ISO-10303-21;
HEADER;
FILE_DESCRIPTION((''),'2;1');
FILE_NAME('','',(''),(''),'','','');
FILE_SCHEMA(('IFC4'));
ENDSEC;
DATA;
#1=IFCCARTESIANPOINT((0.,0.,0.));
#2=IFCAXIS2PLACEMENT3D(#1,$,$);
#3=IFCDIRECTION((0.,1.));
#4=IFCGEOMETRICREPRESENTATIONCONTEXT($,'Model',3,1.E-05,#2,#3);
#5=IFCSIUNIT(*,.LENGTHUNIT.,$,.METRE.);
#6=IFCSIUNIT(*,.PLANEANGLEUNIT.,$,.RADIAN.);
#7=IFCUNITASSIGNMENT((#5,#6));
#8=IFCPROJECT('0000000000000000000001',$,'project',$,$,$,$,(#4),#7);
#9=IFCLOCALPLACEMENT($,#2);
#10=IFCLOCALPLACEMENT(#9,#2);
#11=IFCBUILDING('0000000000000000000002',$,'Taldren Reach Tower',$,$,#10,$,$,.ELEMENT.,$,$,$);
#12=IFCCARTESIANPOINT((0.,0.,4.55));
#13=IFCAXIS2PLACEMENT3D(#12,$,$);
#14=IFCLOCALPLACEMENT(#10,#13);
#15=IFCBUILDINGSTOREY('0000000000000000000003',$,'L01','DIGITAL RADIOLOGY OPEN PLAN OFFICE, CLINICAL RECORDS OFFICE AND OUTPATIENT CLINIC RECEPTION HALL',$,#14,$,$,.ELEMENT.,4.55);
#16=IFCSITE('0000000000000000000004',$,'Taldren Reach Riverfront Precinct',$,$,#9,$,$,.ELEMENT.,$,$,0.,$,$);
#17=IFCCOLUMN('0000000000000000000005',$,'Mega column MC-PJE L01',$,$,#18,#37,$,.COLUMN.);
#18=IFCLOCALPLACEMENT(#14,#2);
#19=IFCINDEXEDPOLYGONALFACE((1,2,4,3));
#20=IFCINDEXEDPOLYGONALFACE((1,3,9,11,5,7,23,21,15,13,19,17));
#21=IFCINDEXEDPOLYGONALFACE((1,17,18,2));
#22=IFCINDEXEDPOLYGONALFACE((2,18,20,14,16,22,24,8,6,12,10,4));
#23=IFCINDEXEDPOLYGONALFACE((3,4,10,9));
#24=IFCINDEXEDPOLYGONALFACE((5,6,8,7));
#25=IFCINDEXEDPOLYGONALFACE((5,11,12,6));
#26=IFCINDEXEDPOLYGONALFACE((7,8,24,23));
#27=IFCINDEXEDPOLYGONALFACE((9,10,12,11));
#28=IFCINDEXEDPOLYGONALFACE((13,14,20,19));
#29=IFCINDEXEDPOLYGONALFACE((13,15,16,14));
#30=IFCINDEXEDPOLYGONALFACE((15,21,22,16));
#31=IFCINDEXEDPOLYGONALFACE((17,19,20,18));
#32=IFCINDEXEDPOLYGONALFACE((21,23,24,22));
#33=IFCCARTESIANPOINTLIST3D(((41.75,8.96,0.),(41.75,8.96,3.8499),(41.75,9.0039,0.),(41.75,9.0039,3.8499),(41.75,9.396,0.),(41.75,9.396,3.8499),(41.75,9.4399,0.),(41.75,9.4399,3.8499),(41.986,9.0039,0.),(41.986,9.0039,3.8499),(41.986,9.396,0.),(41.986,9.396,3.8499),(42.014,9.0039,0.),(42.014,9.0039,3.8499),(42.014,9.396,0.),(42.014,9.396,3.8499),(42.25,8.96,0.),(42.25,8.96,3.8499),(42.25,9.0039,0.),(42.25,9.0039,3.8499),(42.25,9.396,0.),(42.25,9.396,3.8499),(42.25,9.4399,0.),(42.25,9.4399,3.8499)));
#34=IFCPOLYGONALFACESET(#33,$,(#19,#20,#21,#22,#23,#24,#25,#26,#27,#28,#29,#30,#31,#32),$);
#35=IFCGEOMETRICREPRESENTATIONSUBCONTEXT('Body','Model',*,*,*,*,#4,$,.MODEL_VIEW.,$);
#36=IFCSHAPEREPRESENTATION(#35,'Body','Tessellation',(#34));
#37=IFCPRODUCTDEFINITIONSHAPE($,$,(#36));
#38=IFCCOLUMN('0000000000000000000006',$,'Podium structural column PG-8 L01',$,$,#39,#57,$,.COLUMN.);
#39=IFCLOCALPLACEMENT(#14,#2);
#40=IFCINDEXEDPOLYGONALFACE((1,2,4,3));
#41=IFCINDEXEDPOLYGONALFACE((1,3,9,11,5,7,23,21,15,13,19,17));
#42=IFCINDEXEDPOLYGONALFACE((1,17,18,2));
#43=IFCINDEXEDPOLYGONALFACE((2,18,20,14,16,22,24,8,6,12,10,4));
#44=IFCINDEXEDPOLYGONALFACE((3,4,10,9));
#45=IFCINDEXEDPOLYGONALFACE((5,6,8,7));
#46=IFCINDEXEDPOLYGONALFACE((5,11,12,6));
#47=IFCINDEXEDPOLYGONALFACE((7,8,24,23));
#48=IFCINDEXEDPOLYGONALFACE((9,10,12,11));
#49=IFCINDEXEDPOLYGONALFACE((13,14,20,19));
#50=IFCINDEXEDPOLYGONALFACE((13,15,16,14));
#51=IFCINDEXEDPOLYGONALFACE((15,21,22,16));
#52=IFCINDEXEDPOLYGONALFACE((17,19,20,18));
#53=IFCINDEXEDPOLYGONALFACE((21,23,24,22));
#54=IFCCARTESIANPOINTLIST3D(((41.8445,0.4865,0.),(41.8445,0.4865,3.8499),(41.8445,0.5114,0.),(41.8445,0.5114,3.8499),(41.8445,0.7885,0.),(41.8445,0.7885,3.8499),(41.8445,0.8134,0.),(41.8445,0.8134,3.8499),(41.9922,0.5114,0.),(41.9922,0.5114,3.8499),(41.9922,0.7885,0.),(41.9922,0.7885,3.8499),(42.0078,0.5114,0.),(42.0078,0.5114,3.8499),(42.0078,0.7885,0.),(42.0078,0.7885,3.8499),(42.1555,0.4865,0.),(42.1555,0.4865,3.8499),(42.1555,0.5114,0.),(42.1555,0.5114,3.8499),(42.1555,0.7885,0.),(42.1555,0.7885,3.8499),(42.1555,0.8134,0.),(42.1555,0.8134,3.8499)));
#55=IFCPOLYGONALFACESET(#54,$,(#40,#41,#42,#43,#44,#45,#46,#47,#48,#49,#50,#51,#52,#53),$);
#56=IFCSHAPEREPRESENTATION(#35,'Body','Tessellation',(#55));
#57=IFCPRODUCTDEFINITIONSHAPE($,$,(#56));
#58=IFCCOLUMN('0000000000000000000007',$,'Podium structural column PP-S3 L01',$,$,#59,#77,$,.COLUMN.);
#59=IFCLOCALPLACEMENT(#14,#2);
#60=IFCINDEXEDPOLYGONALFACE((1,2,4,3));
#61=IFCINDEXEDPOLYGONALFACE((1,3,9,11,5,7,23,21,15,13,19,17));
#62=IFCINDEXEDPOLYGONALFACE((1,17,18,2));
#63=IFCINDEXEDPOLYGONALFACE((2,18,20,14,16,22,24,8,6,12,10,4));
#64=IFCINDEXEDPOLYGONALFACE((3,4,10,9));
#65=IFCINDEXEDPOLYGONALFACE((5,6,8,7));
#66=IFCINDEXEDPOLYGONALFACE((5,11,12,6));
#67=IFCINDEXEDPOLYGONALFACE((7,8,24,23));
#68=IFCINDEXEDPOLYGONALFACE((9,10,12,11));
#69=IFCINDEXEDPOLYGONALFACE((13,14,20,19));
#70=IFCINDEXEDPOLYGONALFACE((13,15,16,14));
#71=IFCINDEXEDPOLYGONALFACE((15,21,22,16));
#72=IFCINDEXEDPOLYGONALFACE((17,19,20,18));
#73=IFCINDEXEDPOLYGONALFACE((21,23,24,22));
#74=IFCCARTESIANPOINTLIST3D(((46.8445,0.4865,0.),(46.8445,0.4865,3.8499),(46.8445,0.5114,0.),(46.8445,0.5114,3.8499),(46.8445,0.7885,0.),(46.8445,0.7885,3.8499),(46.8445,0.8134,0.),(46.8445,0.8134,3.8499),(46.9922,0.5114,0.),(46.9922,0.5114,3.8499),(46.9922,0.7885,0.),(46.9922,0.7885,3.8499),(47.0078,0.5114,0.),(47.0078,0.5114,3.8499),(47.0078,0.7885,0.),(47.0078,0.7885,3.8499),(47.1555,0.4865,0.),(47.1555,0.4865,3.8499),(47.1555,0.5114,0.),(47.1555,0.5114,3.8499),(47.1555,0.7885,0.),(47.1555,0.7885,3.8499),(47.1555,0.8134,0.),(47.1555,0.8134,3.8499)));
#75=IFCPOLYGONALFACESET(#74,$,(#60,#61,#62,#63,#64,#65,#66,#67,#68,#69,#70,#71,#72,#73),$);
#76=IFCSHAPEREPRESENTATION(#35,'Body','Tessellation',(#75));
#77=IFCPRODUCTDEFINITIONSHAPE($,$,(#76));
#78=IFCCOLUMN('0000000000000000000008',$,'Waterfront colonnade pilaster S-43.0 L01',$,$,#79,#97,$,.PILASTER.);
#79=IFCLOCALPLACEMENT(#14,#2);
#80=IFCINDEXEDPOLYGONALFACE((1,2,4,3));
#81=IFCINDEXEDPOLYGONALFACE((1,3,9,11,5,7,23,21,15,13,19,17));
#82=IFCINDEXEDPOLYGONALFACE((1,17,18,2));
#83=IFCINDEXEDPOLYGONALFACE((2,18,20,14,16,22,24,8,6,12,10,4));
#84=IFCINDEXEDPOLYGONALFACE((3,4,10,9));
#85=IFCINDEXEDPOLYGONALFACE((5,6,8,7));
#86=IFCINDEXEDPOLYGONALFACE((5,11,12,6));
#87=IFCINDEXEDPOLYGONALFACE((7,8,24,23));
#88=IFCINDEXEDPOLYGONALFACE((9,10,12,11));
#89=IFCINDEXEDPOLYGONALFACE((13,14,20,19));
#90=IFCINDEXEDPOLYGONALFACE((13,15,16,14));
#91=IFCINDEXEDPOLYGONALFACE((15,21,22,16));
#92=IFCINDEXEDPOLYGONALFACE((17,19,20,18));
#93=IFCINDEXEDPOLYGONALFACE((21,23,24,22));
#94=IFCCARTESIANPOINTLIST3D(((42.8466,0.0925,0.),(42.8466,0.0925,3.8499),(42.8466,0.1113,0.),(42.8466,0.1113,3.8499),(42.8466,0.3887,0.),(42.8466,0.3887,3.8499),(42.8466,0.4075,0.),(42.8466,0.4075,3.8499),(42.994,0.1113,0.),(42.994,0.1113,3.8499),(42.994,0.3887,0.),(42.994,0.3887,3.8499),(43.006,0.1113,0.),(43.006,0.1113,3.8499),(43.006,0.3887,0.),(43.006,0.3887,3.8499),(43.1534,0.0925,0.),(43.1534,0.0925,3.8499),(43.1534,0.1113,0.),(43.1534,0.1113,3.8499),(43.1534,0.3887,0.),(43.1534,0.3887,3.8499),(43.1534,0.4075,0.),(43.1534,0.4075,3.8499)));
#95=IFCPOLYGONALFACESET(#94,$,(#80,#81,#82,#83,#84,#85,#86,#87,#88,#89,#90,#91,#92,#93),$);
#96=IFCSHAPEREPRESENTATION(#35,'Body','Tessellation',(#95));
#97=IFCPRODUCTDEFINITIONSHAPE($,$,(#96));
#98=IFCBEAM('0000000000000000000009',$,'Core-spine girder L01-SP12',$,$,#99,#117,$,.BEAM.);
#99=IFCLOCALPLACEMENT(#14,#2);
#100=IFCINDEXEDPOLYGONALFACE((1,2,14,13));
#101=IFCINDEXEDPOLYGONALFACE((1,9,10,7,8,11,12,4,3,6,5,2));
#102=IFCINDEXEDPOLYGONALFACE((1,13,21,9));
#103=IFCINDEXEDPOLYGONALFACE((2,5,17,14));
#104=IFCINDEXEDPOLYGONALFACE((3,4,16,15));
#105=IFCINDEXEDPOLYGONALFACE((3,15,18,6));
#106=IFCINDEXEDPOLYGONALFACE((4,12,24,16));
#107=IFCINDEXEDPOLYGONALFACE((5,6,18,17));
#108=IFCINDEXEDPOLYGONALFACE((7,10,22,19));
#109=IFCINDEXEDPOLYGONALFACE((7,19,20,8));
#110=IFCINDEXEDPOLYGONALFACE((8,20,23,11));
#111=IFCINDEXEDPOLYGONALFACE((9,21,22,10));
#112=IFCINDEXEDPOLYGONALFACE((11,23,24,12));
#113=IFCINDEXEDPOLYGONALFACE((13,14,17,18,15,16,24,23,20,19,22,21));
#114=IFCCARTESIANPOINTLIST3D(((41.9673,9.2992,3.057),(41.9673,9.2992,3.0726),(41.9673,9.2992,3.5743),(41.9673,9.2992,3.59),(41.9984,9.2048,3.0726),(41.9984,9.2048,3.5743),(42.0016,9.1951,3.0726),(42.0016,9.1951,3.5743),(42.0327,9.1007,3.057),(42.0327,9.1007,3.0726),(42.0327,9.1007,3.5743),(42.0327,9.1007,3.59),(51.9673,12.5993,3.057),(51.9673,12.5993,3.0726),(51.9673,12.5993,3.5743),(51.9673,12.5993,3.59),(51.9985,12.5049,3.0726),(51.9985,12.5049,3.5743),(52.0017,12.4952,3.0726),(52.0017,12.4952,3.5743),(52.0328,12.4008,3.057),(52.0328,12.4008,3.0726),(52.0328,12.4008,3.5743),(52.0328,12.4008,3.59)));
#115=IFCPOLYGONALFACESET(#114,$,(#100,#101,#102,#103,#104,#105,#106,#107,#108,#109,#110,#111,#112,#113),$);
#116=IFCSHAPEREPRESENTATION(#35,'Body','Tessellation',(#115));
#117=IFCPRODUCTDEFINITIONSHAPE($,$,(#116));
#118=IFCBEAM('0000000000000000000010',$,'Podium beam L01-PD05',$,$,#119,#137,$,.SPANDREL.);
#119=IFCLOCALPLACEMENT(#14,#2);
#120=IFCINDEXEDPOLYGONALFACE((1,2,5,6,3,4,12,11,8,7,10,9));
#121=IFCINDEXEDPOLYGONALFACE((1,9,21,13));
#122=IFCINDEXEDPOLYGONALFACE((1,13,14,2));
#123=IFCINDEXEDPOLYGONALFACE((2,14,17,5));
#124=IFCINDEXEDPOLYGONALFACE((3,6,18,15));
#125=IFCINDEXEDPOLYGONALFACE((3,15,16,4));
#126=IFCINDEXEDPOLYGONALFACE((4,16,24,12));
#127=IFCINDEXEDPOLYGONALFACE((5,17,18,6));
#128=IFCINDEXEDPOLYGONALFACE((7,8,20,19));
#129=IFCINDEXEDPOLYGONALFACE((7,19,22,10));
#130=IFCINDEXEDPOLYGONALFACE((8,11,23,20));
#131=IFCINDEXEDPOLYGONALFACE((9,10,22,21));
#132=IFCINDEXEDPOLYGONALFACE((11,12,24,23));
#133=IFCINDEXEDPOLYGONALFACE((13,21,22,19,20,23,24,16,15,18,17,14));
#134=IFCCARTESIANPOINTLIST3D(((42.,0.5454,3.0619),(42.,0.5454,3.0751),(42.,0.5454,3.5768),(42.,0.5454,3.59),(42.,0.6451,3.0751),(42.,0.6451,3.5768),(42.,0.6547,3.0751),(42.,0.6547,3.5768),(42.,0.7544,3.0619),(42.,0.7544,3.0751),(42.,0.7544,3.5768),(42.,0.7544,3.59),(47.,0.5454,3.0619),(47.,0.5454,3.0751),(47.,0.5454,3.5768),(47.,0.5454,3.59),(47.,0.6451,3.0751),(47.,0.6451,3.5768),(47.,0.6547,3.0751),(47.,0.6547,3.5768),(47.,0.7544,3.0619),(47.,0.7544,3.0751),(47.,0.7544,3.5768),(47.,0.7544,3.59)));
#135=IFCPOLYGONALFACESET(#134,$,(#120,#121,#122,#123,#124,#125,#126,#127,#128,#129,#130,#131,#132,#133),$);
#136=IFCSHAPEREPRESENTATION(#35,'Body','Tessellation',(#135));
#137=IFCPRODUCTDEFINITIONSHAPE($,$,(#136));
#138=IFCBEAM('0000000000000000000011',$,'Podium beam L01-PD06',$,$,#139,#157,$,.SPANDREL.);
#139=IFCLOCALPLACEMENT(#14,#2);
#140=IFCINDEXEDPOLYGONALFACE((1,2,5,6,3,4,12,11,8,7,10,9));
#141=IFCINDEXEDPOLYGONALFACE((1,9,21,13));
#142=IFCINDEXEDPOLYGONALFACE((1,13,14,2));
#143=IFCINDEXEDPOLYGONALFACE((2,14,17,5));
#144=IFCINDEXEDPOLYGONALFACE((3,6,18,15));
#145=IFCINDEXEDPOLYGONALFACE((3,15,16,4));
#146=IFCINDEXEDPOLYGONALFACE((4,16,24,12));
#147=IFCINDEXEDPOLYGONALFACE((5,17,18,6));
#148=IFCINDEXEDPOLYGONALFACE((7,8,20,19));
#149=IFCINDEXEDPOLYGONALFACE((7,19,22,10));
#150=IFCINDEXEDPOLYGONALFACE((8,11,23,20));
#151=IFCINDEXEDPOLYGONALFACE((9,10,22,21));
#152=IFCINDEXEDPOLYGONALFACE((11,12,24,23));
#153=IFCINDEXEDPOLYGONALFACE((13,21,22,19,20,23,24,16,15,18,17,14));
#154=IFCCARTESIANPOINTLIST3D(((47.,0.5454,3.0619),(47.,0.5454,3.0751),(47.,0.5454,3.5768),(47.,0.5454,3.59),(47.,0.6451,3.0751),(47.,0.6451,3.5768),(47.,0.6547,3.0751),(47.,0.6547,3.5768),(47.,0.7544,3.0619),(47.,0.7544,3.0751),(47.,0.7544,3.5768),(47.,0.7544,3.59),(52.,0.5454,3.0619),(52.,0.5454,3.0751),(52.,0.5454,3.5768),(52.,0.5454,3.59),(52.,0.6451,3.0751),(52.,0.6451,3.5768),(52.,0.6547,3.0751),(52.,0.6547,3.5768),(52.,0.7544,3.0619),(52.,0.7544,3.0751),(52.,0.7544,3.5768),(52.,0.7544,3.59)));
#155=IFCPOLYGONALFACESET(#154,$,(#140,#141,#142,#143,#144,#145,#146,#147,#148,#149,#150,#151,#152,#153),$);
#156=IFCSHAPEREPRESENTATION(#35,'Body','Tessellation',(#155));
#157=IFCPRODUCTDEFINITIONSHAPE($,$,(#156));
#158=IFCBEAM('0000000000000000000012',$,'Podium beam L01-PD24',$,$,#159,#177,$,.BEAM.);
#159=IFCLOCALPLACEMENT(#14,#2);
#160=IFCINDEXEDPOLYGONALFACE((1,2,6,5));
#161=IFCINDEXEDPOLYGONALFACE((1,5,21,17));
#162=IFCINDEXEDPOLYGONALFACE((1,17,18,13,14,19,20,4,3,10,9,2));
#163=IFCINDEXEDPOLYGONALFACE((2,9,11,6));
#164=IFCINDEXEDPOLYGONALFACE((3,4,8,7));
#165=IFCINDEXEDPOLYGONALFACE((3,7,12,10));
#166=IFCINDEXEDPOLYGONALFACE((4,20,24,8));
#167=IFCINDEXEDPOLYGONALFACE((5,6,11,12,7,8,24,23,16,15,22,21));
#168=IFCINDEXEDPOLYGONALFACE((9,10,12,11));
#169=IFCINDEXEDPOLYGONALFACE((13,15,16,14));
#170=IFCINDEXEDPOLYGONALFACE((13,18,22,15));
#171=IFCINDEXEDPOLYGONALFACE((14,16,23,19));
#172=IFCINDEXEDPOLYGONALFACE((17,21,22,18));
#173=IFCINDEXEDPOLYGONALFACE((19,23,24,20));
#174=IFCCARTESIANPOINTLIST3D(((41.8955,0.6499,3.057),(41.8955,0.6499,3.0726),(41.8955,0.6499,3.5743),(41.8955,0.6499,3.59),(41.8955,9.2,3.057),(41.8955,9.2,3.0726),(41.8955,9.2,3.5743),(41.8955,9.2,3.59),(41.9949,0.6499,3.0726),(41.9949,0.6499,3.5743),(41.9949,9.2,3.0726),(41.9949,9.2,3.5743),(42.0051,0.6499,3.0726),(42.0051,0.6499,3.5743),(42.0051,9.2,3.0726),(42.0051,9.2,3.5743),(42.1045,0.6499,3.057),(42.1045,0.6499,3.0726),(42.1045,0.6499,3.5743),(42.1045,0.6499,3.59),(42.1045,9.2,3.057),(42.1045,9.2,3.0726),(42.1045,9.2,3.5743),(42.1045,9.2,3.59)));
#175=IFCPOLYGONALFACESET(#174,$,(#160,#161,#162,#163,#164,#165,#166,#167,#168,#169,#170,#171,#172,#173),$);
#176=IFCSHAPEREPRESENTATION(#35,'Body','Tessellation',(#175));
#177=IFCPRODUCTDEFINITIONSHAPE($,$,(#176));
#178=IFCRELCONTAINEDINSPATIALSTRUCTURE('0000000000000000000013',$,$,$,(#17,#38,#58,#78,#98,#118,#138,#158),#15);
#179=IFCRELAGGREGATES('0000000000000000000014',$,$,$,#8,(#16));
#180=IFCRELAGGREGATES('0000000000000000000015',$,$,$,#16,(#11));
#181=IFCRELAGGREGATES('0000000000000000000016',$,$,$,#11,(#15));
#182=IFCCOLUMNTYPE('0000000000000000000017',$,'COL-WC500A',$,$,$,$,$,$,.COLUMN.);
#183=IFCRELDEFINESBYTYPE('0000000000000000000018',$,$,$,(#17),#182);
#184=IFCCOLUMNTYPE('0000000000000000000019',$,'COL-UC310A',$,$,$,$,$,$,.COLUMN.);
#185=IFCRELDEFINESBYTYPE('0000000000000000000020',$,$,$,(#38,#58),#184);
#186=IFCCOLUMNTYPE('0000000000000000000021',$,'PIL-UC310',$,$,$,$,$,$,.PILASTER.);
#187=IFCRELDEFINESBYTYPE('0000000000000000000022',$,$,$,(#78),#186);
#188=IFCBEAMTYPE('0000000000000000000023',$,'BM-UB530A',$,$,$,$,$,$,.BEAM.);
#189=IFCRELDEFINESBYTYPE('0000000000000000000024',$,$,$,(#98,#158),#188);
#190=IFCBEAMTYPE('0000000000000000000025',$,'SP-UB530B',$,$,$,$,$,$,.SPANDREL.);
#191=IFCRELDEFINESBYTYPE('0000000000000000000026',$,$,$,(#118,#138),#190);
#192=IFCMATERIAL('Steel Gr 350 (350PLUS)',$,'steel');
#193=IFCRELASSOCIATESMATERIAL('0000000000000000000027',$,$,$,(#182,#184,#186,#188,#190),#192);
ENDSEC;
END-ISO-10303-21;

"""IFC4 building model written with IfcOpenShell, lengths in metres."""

from ifc_helpers import new_model, si_unit, direction, frame, origin, origin_2d, place, context, subcontext, project, spatial, i_section, extrude, source, transform, mapped, material, material_profile, profile_set, type_object, element, save


model = new_model("IFC4")

# Units and contexts
model_context = context("Model", 3, precision=1e-05, world=origin(), true_north=direction((0.0, 1.0)))
body_context = subcontext(model_context, "Body", "Model", "MODEL_VIEW")
ifc_project = project(units=[si_unit("LENGTHUNIT", "METRE"), si_unit("PLANEANGLEUNIT", "RADIAN")], contexts=[model_context])

# Site, building, storey
site_placement = place(None, origin())
site = spatial("IfcSite", under=ifc_project, at=site_placement, Name="Taldren Reach Riverfront Precinct", CompositionType="ELEMENT", RefElevation=0.0)
building_placement = place(site_placement, origin())
building = spatial("IfcBuilding", under=site, at=building_placement, Name="Taldren Reach Tower", CompositionType="ELEMENT")
storey_placement = place(building_placement, frame((0.0, 0.0, 4.55)))
storey = spatial("IfcBuildingStorey", under=building, at=storey_placement, Name="L01", Description="DIGITAL RADIOLOGY OPEN PLAN OFFICE, CLINICAL RECORDS OFFICE AND OUTPATIENT CLINIC RECEPTION HALL", CompositionType="ELEMENT", Elevation=4.55)

# Columns
ifc_material_1 = material(Name="Steel Gr 350 (350PLUS)", Category="steel")
ifc_material_profile_1 = material_profile(ifc_material_1, i_section(OverallWidth=0.5, OverallDepth=0.48, WebThickness=0.0281, FlangeThickness=0.0439, at=origin_2d()), Name="500WC440")
ifc_profile_set_1 = profile_set([ifc_material_profile_1], Name="Steel Gr 350 (350PLUS)")
column_type_1 = type_object("IfcColumnType", Name="COL-WC500A", PredefinedType="COLUMN", material=ifc_profile_set_1)
shared_shape_1 = source(origin(), body_context, "Body", "SweptSolid", [
    extrude(i_section(OverallWidth=0.5, OverallDepth=0.48, WebThickness=0.0281, FlangeThickness=0.0439, at=origin_2d()), origin(), (0.0, 0.0, 1.0), 3.8499),
])
column_1_placement = place(storey_placement, frame((42.0, 9.2, 0.0), z_axis=(0.0, 0.0, 1.0), x_axis=(1.0, 0.0, 0.0)))
element("IfcColumn", 1, at=column_1_placement, inside=storey, type_object=column_type_1, Name="Mega column MC-PJE L01", PredefinedType="COLUMN", context=body_context, shape_type="MappedRepresentation", body=[
    mapped(shared_shape_1, transform((0.0, 0.0, 0.0), scale=1.0)),
])
ifc_material_profile_2 = material_profile(ifc_material_1, i_section(OverallWidth=0.311, OverallDepth=0.3269, WebThickness=0.0156, FlangeThickness=0.0249, at=origin_2d()), Name="310UC158")
ifc_profile_set_2 = profile_set([ifc_material_profile_2], Name="Steel Gr 350 (350PLUS)")
column_type_2 = type_object("IfcColumnType", Name="COL-UC310A", PredefinedType="COLUMN", material=ifc_profile_set_2)
shared_shape_2 = source(origin(), body_context, "Body", "SweptSolid", [
    extrude(i_section(OverallWidth=0.311, OverallDepth=0.3269, WebThickness=0.0156, FlangeThickness=0.0249, at=origin_2d()), origin(), (0.0, 0.0, 1.0), 3.8499),
])
for number, where, z_axis, x_axis, name in (
    (2, (42.0, 0.6499, 0.0), (0.0, 0.0, 1.0), (1.0, 0.0, 0.0), "Podium structural column PG-8 L01"),
    (3, (47.0, 0.6499, 0.0), (0.0, 0.0, 1.0), (1.0, 0.0, 0.0), "Podium structural column PP-S3 L01"),
):
    element("IfcColumn", number, at=place(storey_placement, frame(where, z_axis=z_axis, x_axis=x_axis)), inside=storey, type_object=column_type_2, Name=name, PredefinedType="COLUMN", context=body_context, shape_type="MappedRepresentation", body=[
        mapped(shared_shape_2, transform((0.0, 0.0, 0.0), scale=1.0)),
    ])
ifc_material_profile_3 = material_profile(ifc_material_1, i_section(OverallWidth=0.3069, OverallDepth=0.3149, WebThickness=0.012, FlangeThickness=0.0188, at=origin_2d()), Name="310UC118")
ifc_profile_set_3 = profile_set([ifc_material_profile_3], Name="Steel Gr 350 (350PLUS)")
column_type_3 = type_object("IfcColumnType", Name="PIL-UC310", PredefinedType="PILASTER", material=ifc_profile_set_3)
shared_shape_3 = source(origin(), body_context, "Body", "SweptSolid", [
    extrude(i_section(OverallWidth=0.3069, OverallDepth=0.3149, WebThickness=0.012, FlangeThickness=0.0188, at=origin_2d()), origin(), (0.0, 0.0, 1.0), 3.8499),
])
column_2_placement = place(storey_placement, frame((43.0, 0.25, 0.0), z_axis=(0.0, 0.0, 1.0), x_axis=(1.0, 0.0, 0.0)))
element("IfcColumn", 4, at=column_2_placement, inside=storey, type_object=column_type_3, Name="Waterfront colonnade pilaster S-43.0 L01", PredefinedType="PILASTER", context=body_context, shape_type="MappedRepresentation", body=[
    mapped(shared_shape_3, transform((0.0, 0.0, 0.0), scale=1.0)),
])

# Beams
ifc_material_profile_4 = material_profile(ifc_material_1, i_section(OverallWidth=0.209, OverallDepth=0.533, WebThickness=0.0103, FlangeThickness=0.0156, at=origin_2d()), Name="530UB92.4")
ifc_profile_set_4 = profile_set([ifc_material_profile_4], Name="Steel Gr 350 (350PLUS)")
beam_type_1 = type_object("IfcBeamType", Name="BM-UB530A", PredefinedType="BEAM", material=ifc_profile_set_4)
shared_shape_4 = source(origin(), body_context, "Body", "SweptSolid", [
    extrude(i_section(OverallWidth=0.209, OverallDepth=0.533, WebThickness=0.0103, FlangeThickness=0.0156, at=origin_2d()), origin(), (0.0, 0.0, 1.0), 10.5305),
])
beam_1_placement = place(storey_placement, frame((42.0, 9.2, 3.3235), z_axis=(0.949627, 0.313382, 0.0), x_axis=(-0.313382, 0.949627, 0.0)))
element("IfcBeam", 5, at=beam_1_placement, inside=storey, type_object=beam_type_1, Name="Core-spine girder L01-SP12", PredefinedType="BEAM", context=body_context, shape_type="MappedRepresentation", body=[
    mapped(shared_shape_4, transform((0.0, 0.0, 0.0), scale=1.0)),
])
ifc_material_profile_5 = material_profile(ifc_material_1, i_section(OverallWidth=0.209, OverallDepth=0.5281, WebThickness=0.0095, FlangeThickness=0.0132, at=origin_2d()), Name="530UB82.0")
ifc_profile_set_5 = profile_set([ifc_material_profile_5], Name="Steel Gr 350 (350PLUS)")
beam_type_2 = type_object("IfcBeamType", Name="SP-UB530B", PredefinedType="SPANDREL", material=ifc_profile_set_5)
shared_shape_5 = source(origin(), body_context, "Body", "SweptSolid", [
    extrude(i_section(OverallWidth=0.209, OverallDepth=0.5281, WebThickness=0.0095, FlangeThickness=0.0132, at=origin_2d()), origin(), (0.0, 0.0, 1.0), 5.0),
])
for number, where, z_axis, x_axis, name in (
    (6, (42.0, 0.6499, 3.3259), (1.0, 0.0, 0.0), (0.0, 1.0, 0.0), "Podium beam L01-PD05"),
    (7, (47.0, 0.6499, 3.3259), (1.0, 0.0, 0.0), (0.0, 1.0, 0.0), "Podium beam L01-PD06"),
):
    element("IfcBeam", number, at=place(storey_placement, frame(where, z_axis=z_axis, x_axis=x_axis)), inside=storey, type_object=beam_type_2, Name=name, PredefinedType="SPANDREL", context=body_context, shape_type="MappedRepresentation", body=[
        mapped(shared_shape_5, transform((0.0, 0.0, 0.0), scale=1.0)),
    ])
shared_shape_6 = source(origin(), body_context, "Body", "SweptSolid", [
    extrude(i_section(OverallWidth=0.209, OverallDepth=0.533, WebThickness=0.0103, FlangeThickness=0.0156, at=origin_2d()), origin(), (0.0, 0.0, 1.0), 8.55),
])
beam_2_placement = place(storey_placement, frame((42.0, 0.6499, 3.3235), z_axis=(0.0, 1.0, 0.0), x_axis=(-1.0, 0.0, 0.0)))
element("IfcBeam", 8, at=beam_2_placement, inside=storey, type_object=beam_type_1, Name="Podium beam L01-PD24", PredefinedType="BEAM", context=body_context, shape_type="MappedRepresentation", body=[
    mapped(shared_shape_6, transform((0.0, 0.0, 0.0), scale=1.0)),
])

save(model, "model.ifc")
